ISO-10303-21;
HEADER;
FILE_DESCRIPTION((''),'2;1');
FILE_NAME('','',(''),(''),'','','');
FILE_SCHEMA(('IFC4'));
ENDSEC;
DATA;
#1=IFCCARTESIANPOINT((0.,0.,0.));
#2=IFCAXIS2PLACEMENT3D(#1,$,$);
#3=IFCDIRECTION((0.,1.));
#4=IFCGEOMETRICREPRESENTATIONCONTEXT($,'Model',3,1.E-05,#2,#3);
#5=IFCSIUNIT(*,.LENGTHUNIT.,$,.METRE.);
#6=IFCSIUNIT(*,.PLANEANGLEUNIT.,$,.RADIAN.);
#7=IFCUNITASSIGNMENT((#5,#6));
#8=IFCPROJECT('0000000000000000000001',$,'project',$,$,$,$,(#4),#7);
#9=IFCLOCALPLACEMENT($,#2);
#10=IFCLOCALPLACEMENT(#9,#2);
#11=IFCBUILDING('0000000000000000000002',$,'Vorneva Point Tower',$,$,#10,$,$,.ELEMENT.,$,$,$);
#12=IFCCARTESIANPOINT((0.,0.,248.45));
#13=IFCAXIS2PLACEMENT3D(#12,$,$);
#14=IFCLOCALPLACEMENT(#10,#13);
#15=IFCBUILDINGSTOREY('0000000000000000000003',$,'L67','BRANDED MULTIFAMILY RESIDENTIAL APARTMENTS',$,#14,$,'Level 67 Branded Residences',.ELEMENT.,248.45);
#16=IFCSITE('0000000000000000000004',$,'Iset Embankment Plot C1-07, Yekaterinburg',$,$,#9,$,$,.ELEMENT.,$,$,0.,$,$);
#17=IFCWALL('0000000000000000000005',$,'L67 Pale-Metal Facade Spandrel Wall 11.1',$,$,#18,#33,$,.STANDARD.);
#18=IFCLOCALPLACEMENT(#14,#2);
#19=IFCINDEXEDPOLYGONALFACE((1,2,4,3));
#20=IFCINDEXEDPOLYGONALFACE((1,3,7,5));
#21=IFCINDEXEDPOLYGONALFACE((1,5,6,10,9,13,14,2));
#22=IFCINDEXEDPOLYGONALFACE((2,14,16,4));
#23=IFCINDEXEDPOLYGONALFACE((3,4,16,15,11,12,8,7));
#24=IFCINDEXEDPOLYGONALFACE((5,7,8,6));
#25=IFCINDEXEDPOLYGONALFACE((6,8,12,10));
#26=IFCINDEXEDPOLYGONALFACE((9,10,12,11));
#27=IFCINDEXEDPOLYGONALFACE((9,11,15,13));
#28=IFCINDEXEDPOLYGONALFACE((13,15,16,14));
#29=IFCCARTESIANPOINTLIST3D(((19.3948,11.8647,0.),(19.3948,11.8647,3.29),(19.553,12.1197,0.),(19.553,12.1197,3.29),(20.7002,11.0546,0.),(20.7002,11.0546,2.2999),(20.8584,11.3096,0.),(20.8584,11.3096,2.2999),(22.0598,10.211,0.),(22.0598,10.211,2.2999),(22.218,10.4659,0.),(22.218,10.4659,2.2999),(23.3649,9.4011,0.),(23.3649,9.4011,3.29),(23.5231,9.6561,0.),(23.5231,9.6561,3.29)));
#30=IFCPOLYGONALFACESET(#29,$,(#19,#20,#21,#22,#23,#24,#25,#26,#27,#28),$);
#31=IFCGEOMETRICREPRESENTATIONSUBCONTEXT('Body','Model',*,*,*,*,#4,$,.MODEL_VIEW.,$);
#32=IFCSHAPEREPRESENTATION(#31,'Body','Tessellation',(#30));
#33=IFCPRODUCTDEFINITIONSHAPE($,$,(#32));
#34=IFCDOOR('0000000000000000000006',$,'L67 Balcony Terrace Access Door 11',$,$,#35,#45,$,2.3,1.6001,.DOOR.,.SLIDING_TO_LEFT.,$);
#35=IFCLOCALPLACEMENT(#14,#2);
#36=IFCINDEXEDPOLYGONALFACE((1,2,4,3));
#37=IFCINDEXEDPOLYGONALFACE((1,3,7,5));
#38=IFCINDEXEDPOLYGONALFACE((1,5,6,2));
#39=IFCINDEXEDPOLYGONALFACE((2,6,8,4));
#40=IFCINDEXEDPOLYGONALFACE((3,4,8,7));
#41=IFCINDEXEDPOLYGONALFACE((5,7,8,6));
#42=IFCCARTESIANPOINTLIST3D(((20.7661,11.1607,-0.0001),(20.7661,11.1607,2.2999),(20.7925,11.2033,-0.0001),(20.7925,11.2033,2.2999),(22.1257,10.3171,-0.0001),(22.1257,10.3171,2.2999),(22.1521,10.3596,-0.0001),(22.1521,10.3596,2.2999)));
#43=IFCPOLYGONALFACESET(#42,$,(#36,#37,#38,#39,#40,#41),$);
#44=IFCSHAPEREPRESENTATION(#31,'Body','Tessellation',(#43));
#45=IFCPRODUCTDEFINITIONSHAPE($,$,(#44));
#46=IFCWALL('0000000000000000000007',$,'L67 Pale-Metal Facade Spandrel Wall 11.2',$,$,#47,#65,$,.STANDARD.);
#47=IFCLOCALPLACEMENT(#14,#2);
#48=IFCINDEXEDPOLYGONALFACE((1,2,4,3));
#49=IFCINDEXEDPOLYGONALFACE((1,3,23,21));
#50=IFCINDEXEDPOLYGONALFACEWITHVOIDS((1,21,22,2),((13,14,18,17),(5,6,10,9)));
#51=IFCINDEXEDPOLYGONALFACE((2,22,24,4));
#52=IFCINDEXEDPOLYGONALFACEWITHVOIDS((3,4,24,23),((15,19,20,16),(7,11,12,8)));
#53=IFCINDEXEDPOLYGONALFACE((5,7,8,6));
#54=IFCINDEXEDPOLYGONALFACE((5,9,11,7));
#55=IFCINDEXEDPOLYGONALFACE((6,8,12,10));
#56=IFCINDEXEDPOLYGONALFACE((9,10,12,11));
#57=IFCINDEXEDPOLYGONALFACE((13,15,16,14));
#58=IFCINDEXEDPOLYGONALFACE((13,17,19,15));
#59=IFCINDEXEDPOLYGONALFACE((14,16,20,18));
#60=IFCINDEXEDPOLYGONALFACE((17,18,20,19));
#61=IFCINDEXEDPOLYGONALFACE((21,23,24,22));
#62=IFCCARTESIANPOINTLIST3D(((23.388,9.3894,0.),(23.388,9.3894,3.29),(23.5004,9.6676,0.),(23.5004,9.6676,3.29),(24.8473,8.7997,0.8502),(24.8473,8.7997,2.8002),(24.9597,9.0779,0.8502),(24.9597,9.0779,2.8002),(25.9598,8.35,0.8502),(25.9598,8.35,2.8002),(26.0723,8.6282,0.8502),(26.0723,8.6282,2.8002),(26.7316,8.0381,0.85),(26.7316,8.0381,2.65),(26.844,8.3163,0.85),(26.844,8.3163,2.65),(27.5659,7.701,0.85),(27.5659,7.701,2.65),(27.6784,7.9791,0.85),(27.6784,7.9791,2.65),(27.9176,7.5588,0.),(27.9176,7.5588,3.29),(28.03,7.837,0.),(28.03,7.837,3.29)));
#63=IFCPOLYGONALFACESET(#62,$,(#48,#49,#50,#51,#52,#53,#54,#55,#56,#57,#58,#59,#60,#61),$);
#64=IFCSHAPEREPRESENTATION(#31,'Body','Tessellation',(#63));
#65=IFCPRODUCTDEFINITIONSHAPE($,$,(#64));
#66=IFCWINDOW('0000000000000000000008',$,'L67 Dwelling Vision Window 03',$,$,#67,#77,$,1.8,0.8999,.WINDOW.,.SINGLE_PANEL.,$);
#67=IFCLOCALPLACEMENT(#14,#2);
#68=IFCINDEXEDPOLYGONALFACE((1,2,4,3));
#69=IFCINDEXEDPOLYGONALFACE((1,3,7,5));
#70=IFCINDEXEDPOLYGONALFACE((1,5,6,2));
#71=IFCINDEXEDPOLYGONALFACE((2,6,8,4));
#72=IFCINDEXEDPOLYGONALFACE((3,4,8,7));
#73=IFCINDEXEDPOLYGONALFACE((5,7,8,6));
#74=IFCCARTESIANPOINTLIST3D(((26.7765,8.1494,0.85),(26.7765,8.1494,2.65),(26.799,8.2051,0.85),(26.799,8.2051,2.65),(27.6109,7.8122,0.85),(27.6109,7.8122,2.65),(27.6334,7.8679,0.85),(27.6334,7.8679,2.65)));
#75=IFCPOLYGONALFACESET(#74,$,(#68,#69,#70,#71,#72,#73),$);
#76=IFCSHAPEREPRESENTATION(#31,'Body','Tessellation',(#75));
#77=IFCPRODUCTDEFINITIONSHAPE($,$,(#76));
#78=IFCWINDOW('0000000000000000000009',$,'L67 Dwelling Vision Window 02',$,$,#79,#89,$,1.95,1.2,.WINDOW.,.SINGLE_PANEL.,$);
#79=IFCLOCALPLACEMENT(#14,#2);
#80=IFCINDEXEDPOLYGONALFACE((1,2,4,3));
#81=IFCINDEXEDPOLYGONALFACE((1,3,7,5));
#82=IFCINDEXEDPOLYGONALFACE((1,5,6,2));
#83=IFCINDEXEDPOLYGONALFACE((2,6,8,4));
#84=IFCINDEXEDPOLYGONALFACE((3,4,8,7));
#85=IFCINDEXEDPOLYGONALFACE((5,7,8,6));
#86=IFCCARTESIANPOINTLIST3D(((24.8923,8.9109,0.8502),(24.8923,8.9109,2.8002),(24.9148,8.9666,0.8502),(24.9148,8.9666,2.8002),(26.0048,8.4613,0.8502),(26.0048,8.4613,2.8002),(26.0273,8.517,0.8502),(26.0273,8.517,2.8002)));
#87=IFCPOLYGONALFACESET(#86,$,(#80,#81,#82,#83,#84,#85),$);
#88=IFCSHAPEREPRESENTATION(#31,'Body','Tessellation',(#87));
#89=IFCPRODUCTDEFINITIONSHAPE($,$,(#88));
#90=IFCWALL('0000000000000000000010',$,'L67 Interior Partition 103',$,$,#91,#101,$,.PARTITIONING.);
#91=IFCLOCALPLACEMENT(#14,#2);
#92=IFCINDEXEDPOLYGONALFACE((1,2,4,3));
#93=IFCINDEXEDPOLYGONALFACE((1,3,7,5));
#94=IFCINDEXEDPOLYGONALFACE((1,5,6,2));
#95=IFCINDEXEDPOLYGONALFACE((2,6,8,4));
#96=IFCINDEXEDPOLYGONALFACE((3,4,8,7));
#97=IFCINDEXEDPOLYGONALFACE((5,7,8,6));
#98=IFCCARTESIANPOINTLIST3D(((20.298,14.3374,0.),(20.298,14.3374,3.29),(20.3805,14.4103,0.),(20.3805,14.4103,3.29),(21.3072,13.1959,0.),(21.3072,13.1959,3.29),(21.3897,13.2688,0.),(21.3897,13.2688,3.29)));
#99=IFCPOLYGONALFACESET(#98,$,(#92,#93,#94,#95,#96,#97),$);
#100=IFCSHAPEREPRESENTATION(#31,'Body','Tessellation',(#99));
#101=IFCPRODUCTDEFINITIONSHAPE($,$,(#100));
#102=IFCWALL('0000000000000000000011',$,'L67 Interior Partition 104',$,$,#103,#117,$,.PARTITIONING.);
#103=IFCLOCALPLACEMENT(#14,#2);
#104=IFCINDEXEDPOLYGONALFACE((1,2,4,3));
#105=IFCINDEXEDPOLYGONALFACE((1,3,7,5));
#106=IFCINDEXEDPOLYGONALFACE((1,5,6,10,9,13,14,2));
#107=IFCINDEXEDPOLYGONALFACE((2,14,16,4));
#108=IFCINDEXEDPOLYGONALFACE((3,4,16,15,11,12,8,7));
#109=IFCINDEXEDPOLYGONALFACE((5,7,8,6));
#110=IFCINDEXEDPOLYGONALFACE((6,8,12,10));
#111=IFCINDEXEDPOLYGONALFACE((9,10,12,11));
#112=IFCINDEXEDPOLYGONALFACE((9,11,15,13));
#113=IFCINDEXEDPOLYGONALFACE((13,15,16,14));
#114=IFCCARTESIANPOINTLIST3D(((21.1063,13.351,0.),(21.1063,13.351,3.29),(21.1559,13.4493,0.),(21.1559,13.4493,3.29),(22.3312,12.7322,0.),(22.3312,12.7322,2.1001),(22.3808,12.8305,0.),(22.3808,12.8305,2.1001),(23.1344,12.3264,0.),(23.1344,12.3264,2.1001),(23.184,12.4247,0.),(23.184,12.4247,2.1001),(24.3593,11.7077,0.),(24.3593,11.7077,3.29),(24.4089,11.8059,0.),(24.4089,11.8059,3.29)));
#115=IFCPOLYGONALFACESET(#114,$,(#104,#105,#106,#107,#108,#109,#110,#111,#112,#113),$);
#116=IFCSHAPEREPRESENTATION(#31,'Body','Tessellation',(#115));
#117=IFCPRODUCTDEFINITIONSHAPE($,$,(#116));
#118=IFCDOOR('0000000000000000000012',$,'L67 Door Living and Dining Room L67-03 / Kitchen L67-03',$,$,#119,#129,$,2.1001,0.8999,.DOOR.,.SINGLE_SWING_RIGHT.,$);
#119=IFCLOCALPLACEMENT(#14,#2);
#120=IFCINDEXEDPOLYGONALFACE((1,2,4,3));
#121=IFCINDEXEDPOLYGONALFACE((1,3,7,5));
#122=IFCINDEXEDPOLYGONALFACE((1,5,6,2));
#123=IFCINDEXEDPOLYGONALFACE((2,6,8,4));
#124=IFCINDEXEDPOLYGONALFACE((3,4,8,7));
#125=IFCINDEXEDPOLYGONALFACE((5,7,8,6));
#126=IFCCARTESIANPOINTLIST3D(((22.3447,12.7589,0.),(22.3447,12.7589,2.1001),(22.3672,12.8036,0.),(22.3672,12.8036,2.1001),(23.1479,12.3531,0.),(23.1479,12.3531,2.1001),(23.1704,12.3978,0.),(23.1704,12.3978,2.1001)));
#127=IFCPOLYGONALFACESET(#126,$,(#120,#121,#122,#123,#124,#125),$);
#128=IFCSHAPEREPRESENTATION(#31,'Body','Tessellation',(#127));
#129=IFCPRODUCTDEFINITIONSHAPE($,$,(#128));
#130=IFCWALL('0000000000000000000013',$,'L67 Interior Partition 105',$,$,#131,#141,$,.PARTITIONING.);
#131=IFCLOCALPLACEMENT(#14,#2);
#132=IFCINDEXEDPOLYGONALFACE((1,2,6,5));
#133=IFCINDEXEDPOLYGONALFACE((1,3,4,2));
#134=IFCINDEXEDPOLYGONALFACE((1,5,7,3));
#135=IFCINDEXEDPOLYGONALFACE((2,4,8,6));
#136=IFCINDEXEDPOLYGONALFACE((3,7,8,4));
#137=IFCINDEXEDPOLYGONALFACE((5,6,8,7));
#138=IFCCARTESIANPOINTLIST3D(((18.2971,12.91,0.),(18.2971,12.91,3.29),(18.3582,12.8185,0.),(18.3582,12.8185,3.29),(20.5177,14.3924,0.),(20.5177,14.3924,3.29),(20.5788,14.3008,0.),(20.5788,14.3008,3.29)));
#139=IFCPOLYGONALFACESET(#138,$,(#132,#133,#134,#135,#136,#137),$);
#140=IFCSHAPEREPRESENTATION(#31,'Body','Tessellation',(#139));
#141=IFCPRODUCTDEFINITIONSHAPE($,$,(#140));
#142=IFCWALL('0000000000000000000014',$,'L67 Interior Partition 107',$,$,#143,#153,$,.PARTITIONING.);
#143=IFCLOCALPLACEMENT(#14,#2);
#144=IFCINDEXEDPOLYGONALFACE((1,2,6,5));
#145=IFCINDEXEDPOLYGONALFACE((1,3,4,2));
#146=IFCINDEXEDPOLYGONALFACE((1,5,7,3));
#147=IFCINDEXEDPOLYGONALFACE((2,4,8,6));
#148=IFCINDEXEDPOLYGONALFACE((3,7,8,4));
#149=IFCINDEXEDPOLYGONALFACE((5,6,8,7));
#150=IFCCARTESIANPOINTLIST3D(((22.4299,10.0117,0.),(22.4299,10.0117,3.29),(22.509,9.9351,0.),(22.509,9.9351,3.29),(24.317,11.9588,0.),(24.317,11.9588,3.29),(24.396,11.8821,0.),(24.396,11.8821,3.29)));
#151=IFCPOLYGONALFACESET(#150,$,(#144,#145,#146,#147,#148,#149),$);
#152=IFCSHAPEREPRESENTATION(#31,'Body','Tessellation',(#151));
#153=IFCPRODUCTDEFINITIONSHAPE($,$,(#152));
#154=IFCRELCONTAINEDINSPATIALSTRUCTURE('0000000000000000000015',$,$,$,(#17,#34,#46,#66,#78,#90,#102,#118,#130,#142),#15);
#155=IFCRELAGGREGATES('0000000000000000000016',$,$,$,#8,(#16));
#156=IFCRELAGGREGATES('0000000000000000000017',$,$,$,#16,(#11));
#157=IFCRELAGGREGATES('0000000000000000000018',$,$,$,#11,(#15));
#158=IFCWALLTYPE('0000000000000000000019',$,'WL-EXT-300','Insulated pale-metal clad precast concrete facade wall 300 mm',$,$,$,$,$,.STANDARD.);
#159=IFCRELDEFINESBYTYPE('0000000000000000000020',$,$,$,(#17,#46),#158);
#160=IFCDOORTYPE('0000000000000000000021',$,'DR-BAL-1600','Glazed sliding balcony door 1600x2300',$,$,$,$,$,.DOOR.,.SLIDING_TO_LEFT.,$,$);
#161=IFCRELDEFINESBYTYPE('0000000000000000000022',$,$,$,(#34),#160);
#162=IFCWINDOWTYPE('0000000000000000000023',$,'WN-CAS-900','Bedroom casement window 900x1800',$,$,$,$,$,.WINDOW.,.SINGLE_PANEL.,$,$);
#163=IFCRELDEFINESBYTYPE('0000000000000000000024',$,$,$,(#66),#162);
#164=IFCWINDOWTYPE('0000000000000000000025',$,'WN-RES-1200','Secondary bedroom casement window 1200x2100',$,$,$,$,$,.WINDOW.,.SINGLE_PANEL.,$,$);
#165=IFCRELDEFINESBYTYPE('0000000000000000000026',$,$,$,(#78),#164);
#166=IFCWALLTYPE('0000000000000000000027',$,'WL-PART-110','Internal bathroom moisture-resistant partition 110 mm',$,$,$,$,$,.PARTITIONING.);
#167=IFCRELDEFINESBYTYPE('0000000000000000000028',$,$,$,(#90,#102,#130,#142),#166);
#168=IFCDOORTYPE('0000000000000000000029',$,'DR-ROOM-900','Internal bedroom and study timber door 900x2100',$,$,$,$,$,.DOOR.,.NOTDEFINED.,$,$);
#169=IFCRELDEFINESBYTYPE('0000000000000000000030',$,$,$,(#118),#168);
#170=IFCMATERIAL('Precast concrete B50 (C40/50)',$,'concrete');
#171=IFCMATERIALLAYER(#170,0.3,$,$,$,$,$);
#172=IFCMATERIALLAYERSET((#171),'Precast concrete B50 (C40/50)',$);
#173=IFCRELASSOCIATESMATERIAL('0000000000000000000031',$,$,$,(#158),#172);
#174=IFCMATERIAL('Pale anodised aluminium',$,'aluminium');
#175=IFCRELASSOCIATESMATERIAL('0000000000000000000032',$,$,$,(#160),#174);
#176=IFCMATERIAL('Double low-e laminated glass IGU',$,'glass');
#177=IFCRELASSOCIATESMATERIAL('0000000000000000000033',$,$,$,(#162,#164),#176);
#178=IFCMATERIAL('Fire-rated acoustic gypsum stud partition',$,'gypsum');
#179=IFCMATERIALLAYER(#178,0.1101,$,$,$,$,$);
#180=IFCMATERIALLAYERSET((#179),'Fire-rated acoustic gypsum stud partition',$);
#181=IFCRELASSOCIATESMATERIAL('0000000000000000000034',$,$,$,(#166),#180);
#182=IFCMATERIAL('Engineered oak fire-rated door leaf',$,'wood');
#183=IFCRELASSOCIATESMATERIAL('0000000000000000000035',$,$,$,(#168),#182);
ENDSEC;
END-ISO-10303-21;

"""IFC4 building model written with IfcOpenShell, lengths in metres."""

from ifc_helpers import new_model, si_unit, direction, frame, frame_2d, origin, place, context, subcontext, project, spatial, rectangle, extrude, material, layer, layer_set, type_object, element, fill, save


model = new_model("IFC4")

# Units and contexts
model_context = context("Model", 3, precision=1e-05, world=origin(), true_north=direction((0.0, 1.0)))
body_context = subcontext(model_context, "Body", "Model", "MODEL_VIEW")
ifc_project = project(units=[si_unit("LENGTHUNIT", "METRE"), si_unit("PLANEANGLEUNIT", "RADIAN")], contexts=[model_context])

# Site, building, storey
site_placement = place(None, origin())
site = spatial("IfcSite", under=ifc_project, at=site_placement, Name="Iset Embankment Plot C1-07, Yekaterinburg", CompositionType="ELEMENT", RefElevation=0.0)
building_placement = place(site_placement, origin())
building = spatial("IfcBuilding", under=site, at=building_placement, Name="Vorneva Point Tower", CompositionType="ELEMENT")
storey_placement = place(building_placement, frame((0.0, 0.0, 248.45)))
storey = spatial("IfcBuildingStorey", under=building, at=storey_placement, Name="L67", Description="BRANDED MULTIFAMILY RESIDENTIAL APARTMENTS", LongName="Level 67 Branded Residences", CompositionType="ELEMENT", Elevation=248.45)

# Shared definitions
ifc_material_1 = material(Name="Pale anodised aluminium", Category="aluminium")
ifc_material_2 = material(Name="Double low-e laminated glass IGU", Category="glass")

# Wall, opening, door
ifc_material_3 = material(Name="Precast concrete B50 (C40/50)", Category="concrete")
ifc_layer_1 = layer(ifc_material_3, 0.3)
ifc_layer_set_1 = layer_set([ifc_layer_1], Name="Precast concrete B50 (C40/50)")
wall_type_1 = type_object("IfcWallType", Name="WL-EXT-300", Description="Insulated pale-metal clad precast concrete facade wall 300 mm", PredefinedType="STANDARD", material=ifc_layer_set_1)
wall_1_placement = place(storey_placement, frame((19.4739, 11.9922, 0.0), z_axis=(0.0, 0.0, 1.0), x_axis=(0.849702, -0.527263, 0.0)))
wall_1 = element("IfcWall", 1, at=wall_1_placement, inside=storey, type_object=wall_type_1, Name="L67 Pale-Metal Facade Spandrel Wall 11.1", PredefinedType="STANDARD", context=body_context, shape_type="SweptSolid", body=[
    extrude(rectangle(XDim=4.6724, YDim=0.3, at=frame_2d((2.3362, 0.0))), origin(), (0.0, 0.0, 1.0), 3.29),
])
opening_1_placement = place(wall_1_placement, frame((1.5364, 0.0, 0.0)))
opening_1 = element("IfcOpeningElement", 2, at=opening_1_placement, cuts=wall_1, PredefinedType="OPENING", context=body_context, shape_type="SweptSolid", body=[
    extrude(rectangle(XDim=1.6001, YDim=2.3, at=frame_2d((0.8, 1.1499))), frame((0.0, 0.165, 0.0), z_axis=(0.0, -1.0, 0.0), x_axis=(1.0, 0.0, 0.0)), (0.0, 0.0, 1.0), 0.3298),
])
door_type_1 = type_object("IfcDoorType", Name="DR-BAL-1600", Description="Glazed sliding balcony door 1600x2300", OperationType="SLIDING_TO_LEFT", PredefinedType="DOOR", material=ifc_material_1)
door_1_placement = place(opening_1_placement, origin())
door_1 = element("IfcDoor", 3, at=door_1_placement, inside=storey, type_object=door_type_1, Name="L67 Balcony Terrace Access Door 11", OperationType="SLIDING_TO_LEFT", OverallHeight=2.3, OverallWidth=1.6001, PredefinedType="DOOR", context=body_context, shape_type="SweptSolid", body=[
    extrude(rectangle(XDim=1.6001, YDim=2.3, at=frame_2d((0.8, 1.1499))), frame((0.0, 0.0249, 0.0), z_axis=(0.0, -1.0, 0.0), x_axis=(1.0, 0.0, 0.0)), (0.0, 0.0, 1.0), 0.05),
])
fill(opening_1, door_1)

# Wall, openings, windows
wall_2_placement = place(storey_placement, frame((23.4441, 9.5286, 0.0), z_axis=(0.0, 0.0, 1.0), x_axis=(0.927147, -0.374697, 0.0)))
wall_2 = element("IfcWall", 4, at=wall_2_placement, inside=storey, type_object=wall_type_1, Name="L67 Pale-Metal Facade Spandrel Wall 11.2", PredefinedType="STANDARD", context=body_context, shape_type="SweptSolid", body=[
    extrude(rectangle(XDim=4.8855, YDim=0.3, at=frame_2d((2.4429, 0.0))), origin(), (0.0, 0.0, 1.0), 3.29),
])
opening_2_placement = place(wall_2_placement, frame((1.574, 0.0, 0.8501)))
opening_2 = element("IfcOpeningElement", 5, at=opening_2_placement, cuts=wall_2, PredefinedType="OPENING", context=body_context, shape_type="SweptSolid", body=[
    extrude(rectangle(XDim=1.2, YDim=1.95, at=frame_2d((0.6001, 0.9751))), frame((0.0, 0.165, 0.0), z_axis=(0.0, -1.0, 0.0), x_axis=(1.0, 0.0, 0.0)), (0.0, 0.0, 1.0), 0.3298),
])
opening_3_placement = place(wall_2_placement, frame((3.6064, 0.0, 0.8501)))
opening_3 = element("IfcOpeningElement", 6, at=opening_3_placement, cuts=wall_2, PredefinedType="OPENING", context=body_context, shape_type="SweptSolid", body=[
    extrude(rectangle(XDim=0.8999, YDim=1.8, at=frame_2d((0.45, 0.8999))), frame((0.0, 0.165, 0.0), z_axis=(0.0, -1.0, 0.0), x_axis=(1.0, 0.0, 0.0)), (0.0, 0.0, 1.0), 0.3298),
])
window_type_1 = type_object("IfcWindowType", Name="WN-CAS-900", Description="Bedroom casement window 900x1800", PartitioningType="SINGLE_PANEL", PredefinedType="WINDOW", material=ifc_material_2)
window_1_placement = place(opening_3_placement, origin())
window_1 = element("IfcWindow", 7, at=window_1_placement, inside=storey, type_object=window_type_1, Name="L67 Dwelling Vision Window 03", OverallHeight=1.8, OverallWidth=0.8999, PartitioningType="SINGLE_PANEL", PredefinedType="WINDOW", context=body_context, shape_type="SweptSolid", body=[
    extrude(rectangle(XDim=0.8999, YDim=1.8, at=frame_2d((0.45, 0.8999))), frame((0.0, 0.03, 0.0), z_axis=(0.0, -1.0, 0.0), x_axis=(1.0, 0.0, 0.0)), (0.0, 0.0, 1.0), 0.0601),
])
fill(opening_3, window_1)
window_type_2 = type_object("IfcWindowType", Name="WN-RES-1200", Description="Secondary bedroom casement window 1200x2100", PartitioningType="SINGLE_PANEL", PredefinedType="WINDOW", material=ifc_material_2)
window_2_placement = place(opening_2_placement, origin())
window_2 = element("IfcWindow", 8, at=window_2_placement, inside=storey, type_object=window_type_2, Name="L67 Dwelling Vision Window 02", OverallHeight=1.95, OverallWidth=1.2, PartitioningType="SINGLE_PANEL", PredefinedType="WINDOW", context=body_context, shape_type="SweptSolid", body=[
    extrude(rectangle(XDim=1.2, YDim=1.95, at=frame_2d((0.6001, 0.9751))), frame((0.0, 0.03, 0.0), z_axis=(0.0, -1.0, 0.0), x_axis=(1.0, 0.0, 0.0)), (0.0, 0.0, 1.0), 0.0601),
])
fill(opening_2, window_2)

# Wall
ifc_material_4 = material(Name="Fire-rated acoustic gypsum stud partition", Category="gypsum")
ifc_layer_2 = layer(ifc_material_4, 0.1101)
ifc_layer_set_2 = layer_set([ifc_layer_2], Name="Fire-rated acoustic gypsum stud partition")
wall_type_2 = type_object("IfcWallType", Name="WL-PART-110", Description="Internal bathroom moisture-resistant partition 110 mm", PredefinedType="PARTITIONING", material=ifc_layer_set_2)
wall_3_placement = place(storey_placement, frame((20.3394, 14.3738, 0.0), z_axis=(0.0, 0.0, 1.0), x_axis=(0.662353, -0.749192, 0.0)))
element("IfcWall", 9, at=wall_3_placement, inside=storey, type_object=wall_type_2, Name="L67 Interior Partition 103", PredefinedType="PARTITIONING", context=body_context, shape_type="SweptSolid", body=[
    extrude(rectangle(XDim=1.5237, YDim=0.1101, at=frame_2d((0.7617, 0.0))), origin(), (0.0, 0.0, 1.0), 3.29),
])

# Wall, opening, door
wall_4_placement = place(storey_placement, frame((21.1311, 13.4001, 0.0), z_axis=(0.0, 0.0, 1.0), x_axis=(0.892571, -0.450908, 0.0)))
wall_4 = element("IfcWall", 10, at=wall_4_placement, inside=storey, type_object=wall_type_2, Name="L67 Interior Partition 104", PredefinedType="PARTITIONING", context=body_context, shape_type="SweptSolid", body=[
    extrude(rectangle(XDim=3.6445, YDim=0.1101, at=frame_2d((1.8223, 0.0))), origin(), (0.0, 0.0, 1.0), 3.29),
])
opening_4_placement = place(wall_4_placement, frame((1.3723, 0.0, 0.0)))
opening_4 = element("IfcOpeningElement", 11, at=opening_4_placement, cuts=wall_4, PredefinedType="OPENING", context=body_context, shape_type="SweptSolid", body=[
    extrude(rectangle(XDim=0.8999, YDim=2.1001, at=frame_2d((0.45, 1.05))), frame((0.0, 0.0698, 0.0), z_axis=(0.0, -1.0, 0.0), x_axis=(1.0, 0.0, 0.0)), (0.0, 0.0, 1.0), 0.1399),
])
ifc_material_5 = material(Name="Engineered oak fire-rated door leaf", Category="wood")
door_type_2 = type_object("IfcDoorType", Name="DR-ROOM-900", Description="Internal bedroom and study timber door 900x2100", OperationType="NOTDEFINED", PredefinedType="DOOR", material=ifc_material_5)
door_2_placement = place(opening_4_placement, origin())
door_2 = element("IfcDoor", 12, at=door_2_placement, inside=storey, type_object=door_type_2, Name="L67 Door Living and Dining Room L67-03 / Kitchen L67-03", OperationType="SINGLE_SWING_RIGHT", OverallHeight=2.1001, OverallWidth=0.8999, PredefinedType="DOOR", context=body_context, shape_type="SweptSolid", body=[
    extrude(rectangle(XDim=0.8999, YDim=2.1001, at=frame_2d((0.45, 1.05))), frame((0.0, 0.0249, 0.0), z_axis=(0.0, -1.0, 0.0), x_axis=(1.0, 0.0, 0.0)), (0.0, 0.0, 1.0), 0.05),
])
fill(opening_4, door_2)

# Walls
wall_5_placement = place(storey_placement, frame((18.3276, 12.8643, 0.0), z_axis=(0.0, 0.0, 1.0), x_axis=(0.831713, 0.555207, 0.0)))
element("IfcWall", 13, at=wall_5_placement, inside=storey, type_object=wall_type_2, Name="L67 Interior Partition 105", PredefinedType="PARTITIONING", context=body_context, shape_type="SweptSolid", body=[
    extrude(rectangle(XDim=2.6699, YDim=0.1101, at=frame_2d((1.335, 0.0))), origin(), (0.0, 0.0, 1.0), 3.29),
])
wall_6_placement = place(storey_placement, frame((22.4695, 9.9734, 0.0), z_axis=(0.0, 0.0, 1.0), x_axis=(0.695945, 0.718095, 0.0)))
element("IfcWall", 14, at=wall_6_placement, inside=storey, type_object=wall_type_2, Name="L67 Interior Partition 107", PredefinedType="PARTITIONING", context=body_context, shape_type="SweptSolid", body=[
    extrude(rectangle(XDim=2.7114, YDim=0.1101, at=frame_2d((1.3557, 0.0))), origin(), (0.0, 0.0, 1.0), 3.29),
])

save(model, "model.ifc")
